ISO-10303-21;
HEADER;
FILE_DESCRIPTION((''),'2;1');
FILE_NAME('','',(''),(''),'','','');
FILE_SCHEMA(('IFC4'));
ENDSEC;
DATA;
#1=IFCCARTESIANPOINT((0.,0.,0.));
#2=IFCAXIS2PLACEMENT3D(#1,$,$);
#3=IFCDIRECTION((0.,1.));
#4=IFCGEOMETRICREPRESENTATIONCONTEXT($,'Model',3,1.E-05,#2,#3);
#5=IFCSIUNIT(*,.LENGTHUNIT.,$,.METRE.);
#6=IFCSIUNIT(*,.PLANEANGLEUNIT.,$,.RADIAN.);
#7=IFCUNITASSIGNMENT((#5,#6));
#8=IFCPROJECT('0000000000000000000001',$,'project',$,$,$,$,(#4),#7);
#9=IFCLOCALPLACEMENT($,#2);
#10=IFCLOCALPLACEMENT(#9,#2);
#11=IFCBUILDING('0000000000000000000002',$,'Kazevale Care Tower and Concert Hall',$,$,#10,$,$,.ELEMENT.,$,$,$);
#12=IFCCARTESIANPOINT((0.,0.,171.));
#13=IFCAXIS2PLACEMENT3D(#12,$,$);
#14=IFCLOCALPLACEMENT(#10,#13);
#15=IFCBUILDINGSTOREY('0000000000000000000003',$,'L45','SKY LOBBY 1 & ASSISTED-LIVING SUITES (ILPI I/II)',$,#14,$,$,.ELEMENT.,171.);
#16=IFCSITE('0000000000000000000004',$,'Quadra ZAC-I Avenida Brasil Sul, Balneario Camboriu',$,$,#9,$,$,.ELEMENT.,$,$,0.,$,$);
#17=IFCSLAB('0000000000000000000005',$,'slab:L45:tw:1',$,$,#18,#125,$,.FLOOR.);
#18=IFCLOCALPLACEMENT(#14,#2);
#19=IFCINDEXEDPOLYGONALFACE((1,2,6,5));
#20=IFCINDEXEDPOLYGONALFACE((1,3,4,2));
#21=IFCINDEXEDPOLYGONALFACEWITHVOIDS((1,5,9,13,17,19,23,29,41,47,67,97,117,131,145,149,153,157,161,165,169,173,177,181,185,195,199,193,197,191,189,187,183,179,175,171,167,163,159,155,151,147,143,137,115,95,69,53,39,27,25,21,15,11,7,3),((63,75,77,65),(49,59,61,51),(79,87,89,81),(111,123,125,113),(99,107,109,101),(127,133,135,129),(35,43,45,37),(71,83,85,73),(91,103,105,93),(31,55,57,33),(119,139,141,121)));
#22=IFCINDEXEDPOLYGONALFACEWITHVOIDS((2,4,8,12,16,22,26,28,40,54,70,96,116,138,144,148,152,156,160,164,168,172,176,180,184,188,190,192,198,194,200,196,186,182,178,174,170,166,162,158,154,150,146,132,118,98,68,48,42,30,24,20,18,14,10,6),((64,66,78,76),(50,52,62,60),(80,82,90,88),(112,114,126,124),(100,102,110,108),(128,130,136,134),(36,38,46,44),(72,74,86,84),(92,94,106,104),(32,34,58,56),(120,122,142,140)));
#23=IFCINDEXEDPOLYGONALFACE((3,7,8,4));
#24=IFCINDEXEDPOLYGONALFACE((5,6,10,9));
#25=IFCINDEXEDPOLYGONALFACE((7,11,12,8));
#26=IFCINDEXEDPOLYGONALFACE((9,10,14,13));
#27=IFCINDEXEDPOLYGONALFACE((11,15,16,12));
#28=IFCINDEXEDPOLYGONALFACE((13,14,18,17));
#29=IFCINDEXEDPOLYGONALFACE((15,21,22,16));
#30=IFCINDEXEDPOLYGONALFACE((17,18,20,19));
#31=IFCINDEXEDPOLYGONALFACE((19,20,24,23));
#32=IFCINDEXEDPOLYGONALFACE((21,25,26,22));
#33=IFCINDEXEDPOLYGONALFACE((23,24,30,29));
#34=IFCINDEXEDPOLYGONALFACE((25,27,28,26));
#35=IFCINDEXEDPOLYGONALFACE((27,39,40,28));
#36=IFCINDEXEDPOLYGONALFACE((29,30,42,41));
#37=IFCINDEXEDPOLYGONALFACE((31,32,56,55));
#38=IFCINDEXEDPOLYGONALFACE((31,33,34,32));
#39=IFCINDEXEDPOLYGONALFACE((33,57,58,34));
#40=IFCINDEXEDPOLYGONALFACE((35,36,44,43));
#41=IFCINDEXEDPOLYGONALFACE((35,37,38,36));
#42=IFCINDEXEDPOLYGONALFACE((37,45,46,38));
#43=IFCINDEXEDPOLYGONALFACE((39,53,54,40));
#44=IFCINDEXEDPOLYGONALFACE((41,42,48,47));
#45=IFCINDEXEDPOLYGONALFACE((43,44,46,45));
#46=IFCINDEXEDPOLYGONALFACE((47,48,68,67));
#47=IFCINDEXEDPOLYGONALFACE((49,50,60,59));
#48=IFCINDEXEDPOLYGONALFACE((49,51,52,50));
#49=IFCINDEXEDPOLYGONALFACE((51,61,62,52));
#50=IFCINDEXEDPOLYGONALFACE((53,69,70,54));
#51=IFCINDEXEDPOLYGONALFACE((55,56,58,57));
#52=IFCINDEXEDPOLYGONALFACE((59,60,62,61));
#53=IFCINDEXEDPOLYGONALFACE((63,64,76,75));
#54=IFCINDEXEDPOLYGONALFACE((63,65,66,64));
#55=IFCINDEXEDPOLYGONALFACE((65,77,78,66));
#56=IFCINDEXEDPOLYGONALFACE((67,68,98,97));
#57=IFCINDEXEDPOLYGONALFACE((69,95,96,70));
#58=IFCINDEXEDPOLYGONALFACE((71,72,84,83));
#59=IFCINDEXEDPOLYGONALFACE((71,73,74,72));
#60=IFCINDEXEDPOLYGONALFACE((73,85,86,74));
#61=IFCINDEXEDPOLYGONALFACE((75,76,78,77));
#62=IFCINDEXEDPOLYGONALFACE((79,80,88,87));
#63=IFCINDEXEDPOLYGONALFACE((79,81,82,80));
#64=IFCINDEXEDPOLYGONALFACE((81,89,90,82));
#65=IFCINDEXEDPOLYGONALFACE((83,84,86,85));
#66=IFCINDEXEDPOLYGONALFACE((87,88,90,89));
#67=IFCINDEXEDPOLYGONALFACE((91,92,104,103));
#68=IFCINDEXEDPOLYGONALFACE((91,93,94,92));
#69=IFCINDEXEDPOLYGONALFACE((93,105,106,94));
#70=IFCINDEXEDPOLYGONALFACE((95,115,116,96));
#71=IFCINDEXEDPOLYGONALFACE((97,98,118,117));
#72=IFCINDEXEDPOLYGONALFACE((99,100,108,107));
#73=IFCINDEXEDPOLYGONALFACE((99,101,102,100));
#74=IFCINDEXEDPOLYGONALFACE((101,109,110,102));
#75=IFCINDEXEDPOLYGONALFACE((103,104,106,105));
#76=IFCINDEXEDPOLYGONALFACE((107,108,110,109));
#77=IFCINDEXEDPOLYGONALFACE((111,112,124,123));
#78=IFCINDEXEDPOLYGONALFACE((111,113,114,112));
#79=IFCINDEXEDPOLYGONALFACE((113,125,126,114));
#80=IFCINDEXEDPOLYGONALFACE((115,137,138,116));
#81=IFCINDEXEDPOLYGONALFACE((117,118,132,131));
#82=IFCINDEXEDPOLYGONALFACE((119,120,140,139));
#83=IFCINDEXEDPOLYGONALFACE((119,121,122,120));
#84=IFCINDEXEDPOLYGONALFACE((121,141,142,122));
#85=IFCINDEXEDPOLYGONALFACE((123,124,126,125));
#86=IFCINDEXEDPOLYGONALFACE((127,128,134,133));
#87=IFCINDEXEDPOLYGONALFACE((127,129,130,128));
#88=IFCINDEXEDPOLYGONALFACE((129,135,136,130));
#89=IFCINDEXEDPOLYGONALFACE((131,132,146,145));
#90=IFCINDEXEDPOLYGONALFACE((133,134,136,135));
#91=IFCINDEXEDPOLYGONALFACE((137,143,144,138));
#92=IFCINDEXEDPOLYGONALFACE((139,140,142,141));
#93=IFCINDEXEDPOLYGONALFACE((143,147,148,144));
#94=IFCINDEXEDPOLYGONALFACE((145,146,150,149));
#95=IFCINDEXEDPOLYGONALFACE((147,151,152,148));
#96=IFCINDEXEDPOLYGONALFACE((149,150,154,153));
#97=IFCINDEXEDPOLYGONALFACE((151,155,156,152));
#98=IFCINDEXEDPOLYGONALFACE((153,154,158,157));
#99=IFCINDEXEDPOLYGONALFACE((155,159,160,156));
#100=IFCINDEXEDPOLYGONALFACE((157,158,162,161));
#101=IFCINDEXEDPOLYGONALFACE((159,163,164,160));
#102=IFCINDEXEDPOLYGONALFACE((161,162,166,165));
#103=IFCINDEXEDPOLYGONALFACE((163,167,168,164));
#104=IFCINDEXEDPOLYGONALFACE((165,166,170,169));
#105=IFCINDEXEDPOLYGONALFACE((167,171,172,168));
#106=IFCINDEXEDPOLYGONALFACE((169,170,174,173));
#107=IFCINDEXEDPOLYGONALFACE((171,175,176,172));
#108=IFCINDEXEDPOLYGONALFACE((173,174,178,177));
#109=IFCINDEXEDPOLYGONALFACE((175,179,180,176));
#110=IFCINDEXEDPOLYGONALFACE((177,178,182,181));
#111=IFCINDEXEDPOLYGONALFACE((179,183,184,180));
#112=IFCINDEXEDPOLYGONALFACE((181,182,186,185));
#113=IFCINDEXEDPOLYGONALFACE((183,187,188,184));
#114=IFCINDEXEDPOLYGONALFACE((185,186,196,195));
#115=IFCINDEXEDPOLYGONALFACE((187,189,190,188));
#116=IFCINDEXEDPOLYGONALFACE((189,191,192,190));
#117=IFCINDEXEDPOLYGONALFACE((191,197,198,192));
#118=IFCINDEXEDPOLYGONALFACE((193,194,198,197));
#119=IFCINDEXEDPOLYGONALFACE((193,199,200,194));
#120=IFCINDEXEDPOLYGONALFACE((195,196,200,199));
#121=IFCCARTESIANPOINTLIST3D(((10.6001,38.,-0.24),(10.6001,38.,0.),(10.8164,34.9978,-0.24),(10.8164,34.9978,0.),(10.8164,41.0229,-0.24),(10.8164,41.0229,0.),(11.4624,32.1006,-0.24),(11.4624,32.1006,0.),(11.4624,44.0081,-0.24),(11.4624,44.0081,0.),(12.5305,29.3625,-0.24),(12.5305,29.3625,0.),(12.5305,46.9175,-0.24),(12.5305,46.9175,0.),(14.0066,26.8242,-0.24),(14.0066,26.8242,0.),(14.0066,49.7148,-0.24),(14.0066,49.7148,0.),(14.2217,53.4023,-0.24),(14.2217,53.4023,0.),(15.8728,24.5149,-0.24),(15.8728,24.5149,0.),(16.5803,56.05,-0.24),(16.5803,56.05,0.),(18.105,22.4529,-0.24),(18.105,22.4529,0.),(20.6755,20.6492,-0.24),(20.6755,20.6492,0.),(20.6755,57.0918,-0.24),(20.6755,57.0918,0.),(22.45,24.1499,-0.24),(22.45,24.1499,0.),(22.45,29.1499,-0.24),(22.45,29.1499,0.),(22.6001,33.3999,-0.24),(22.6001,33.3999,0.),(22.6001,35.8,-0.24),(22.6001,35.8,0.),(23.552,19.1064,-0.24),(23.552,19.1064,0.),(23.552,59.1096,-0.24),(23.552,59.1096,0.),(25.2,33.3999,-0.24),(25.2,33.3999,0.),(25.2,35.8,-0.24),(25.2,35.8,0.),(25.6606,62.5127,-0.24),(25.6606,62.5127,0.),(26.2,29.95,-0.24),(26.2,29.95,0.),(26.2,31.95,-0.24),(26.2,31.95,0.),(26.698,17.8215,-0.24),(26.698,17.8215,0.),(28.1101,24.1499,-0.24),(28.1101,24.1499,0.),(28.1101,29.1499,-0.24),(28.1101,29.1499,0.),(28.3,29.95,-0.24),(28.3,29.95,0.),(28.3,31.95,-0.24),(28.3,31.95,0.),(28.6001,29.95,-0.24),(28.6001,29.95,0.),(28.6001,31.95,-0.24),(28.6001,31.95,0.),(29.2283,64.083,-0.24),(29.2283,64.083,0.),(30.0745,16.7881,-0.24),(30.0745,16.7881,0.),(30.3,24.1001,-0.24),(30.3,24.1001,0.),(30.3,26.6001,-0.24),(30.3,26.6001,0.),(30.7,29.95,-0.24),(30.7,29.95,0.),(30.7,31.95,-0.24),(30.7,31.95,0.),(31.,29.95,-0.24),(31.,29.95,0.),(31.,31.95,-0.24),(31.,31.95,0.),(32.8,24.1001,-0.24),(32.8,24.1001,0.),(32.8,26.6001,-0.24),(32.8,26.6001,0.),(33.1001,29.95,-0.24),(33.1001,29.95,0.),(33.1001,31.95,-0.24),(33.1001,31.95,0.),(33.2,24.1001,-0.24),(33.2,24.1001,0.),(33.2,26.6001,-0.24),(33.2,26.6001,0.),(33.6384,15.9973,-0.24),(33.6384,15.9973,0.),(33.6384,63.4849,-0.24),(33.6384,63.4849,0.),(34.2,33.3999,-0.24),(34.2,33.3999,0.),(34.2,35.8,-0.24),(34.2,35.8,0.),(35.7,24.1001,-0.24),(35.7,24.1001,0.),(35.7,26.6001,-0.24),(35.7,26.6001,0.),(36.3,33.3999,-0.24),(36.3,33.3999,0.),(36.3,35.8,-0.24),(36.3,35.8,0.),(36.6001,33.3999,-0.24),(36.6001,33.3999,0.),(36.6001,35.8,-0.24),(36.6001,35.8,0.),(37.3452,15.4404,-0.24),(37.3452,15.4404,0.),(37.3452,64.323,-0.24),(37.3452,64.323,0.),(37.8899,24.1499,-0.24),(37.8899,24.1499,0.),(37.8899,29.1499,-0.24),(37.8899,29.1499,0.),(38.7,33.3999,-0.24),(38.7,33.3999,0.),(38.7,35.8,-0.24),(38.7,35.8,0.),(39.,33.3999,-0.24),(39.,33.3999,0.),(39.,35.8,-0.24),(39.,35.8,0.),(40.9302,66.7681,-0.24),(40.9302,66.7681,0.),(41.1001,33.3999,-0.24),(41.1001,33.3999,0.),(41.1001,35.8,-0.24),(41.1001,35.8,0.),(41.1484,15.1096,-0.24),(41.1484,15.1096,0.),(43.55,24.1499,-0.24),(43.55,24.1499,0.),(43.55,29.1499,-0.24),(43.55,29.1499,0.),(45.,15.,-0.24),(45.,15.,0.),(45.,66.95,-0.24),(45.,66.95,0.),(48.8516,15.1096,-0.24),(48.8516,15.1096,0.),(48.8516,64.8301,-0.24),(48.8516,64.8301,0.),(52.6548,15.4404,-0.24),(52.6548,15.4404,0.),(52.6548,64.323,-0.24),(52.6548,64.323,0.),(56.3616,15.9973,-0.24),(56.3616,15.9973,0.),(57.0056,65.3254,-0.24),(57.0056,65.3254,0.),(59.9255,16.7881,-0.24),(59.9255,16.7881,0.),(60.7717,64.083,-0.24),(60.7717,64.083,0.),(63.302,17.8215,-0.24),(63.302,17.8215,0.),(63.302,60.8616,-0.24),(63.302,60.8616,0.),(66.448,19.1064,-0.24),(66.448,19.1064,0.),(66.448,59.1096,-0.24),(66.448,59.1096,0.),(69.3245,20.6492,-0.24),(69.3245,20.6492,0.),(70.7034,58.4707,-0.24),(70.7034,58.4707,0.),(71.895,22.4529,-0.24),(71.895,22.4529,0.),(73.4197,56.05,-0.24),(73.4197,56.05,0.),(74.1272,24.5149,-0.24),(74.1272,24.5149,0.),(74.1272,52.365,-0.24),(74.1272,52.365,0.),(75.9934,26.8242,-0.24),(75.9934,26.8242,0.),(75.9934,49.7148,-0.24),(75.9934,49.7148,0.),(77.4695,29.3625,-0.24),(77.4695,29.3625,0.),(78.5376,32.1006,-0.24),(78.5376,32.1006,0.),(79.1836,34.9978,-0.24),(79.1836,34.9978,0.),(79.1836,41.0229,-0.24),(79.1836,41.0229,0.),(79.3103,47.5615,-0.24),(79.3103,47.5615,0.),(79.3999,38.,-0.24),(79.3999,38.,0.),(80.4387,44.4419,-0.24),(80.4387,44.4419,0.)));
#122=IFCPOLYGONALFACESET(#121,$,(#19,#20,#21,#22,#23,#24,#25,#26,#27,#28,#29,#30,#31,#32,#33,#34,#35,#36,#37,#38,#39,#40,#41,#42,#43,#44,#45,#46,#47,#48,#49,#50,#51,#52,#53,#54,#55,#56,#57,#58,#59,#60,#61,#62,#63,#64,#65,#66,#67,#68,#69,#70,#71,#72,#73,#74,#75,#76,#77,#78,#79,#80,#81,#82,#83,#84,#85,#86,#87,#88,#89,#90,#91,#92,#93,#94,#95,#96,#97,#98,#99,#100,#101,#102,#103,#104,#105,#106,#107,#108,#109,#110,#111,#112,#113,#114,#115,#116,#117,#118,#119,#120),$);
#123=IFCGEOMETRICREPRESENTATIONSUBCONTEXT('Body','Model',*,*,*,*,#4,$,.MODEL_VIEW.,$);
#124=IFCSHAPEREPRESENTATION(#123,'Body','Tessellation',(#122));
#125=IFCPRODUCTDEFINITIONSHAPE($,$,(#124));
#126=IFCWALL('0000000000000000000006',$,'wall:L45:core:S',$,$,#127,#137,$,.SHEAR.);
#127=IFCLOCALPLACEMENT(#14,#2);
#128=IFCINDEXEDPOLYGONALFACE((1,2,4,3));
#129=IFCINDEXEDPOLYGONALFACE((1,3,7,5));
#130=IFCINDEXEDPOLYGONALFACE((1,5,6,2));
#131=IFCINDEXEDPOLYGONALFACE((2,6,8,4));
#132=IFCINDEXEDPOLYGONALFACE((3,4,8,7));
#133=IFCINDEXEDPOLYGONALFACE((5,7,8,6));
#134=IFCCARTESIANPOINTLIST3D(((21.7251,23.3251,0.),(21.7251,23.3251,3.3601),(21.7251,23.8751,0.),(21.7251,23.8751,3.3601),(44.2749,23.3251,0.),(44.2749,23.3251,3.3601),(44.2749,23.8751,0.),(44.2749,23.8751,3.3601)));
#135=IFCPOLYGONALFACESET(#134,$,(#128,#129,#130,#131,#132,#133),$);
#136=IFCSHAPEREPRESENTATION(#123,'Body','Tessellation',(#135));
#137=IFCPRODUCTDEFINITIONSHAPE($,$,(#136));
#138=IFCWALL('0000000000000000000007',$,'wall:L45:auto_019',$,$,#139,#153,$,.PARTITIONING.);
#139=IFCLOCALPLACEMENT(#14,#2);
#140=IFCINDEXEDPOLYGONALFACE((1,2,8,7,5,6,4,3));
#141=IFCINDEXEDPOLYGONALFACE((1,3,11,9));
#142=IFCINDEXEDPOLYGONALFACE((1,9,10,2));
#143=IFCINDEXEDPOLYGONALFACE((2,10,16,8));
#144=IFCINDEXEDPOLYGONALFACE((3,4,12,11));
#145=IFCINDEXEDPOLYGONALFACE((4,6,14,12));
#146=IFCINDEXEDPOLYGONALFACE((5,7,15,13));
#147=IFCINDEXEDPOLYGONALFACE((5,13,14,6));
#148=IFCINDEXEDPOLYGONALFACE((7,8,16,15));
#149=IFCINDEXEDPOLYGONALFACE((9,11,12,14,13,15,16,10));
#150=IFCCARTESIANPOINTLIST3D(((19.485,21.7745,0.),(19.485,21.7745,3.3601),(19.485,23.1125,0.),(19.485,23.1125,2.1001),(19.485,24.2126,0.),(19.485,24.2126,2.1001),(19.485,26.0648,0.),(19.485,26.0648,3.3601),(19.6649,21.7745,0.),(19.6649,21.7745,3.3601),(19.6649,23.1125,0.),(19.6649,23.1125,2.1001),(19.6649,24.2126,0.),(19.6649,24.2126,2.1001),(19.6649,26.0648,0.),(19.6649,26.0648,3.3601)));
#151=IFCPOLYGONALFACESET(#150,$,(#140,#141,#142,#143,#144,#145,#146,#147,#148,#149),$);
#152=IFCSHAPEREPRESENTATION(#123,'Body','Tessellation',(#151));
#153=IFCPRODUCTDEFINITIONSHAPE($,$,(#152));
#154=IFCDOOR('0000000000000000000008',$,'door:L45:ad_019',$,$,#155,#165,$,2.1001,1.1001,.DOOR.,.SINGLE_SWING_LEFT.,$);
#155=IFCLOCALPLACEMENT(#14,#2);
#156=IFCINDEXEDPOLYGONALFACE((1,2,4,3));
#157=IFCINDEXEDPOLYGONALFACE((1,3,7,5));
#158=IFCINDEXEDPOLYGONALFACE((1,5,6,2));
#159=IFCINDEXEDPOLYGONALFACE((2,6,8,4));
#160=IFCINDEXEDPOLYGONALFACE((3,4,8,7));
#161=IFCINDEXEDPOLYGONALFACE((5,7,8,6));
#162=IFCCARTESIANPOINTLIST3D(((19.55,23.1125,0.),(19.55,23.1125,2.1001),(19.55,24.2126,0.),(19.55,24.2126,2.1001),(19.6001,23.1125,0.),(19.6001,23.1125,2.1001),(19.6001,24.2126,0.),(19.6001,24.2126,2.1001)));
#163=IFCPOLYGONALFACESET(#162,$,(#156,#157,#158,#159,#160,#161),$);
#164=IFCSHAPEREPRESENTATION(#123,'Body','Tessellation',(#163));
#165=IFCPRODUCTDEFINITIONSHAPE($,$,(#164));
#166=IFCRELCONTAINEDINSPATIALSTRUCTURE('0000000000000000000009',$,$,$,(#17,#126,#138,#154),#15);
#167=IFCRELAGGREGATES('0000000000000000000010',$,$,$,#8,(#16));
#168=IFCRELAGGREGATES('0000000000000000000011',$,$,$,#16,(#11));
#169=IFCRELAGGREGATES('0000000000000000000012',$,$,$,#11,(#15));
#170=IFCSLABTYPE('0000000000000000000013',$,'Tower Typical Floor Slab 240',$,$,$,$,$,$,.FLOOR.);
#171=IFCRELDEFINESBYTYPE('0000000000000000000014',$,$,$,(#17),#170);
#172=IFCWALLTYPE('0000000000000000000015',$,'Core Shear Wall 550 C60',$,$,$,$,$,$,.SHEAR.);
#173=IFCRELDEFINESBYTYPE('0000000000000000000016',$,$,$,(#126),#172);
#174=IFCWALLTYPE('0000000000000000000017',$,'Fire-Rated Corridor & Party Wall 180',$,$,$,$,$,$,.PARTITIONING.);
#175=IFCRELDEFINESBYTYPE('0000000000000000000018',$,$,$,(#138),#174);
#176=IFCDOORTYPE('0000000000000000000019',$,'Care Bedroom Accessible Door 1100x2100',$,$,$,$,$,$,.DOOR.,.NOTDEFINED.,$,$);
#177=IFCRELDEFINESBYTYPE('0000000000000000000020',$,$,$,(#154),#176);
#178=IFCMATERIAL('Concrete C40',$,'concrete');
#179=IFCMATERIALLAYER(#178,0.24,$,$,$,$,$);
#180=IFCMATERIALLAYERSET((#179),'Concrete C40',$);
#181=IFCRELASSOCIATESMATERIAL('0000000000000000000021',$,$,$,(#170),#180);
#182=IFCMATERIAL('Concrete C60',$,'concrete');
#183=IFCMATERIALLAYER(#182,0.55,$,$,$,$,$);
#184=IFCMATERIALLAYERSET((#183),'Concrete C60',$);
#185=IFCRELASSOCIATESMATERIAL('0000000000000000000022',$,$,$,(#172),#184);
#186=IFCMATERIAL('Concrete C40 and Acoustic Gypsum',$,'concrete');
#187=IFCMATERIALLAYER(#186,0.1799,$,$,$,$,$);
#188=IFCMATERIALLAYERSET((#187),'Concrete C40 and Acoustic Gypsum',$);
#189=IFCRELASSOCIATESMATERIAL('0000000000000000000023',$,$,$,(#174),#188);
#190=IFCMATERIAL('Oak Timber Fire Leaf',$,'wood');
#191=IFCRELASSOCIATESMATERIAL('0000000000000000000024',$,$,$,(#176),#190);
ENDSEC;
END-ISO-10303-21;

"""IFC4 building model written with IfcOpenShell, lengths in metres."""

from ifc_helpers import new_model, si_unit, direction, frame, frame_2d, origin, place, context, subcontext, project, spatial, polyline, rectangle, outline, extrude, material, layer, layer_set, type_object, element, fill, save


model = new_model("IFC4")

# Units and contexts
model_context = context("Model", 3, precision=1e-05, world=origin(), true_north=direction((0.0, 1.0)))
body_context = subcontext(model_context, "Body", "Model", "MODEL_VIEW")
ifc_project = project(units=[si_unit("LENGTHUNIT", "METRE"), si_unit("PLANEANGLEUNIT", "RADIAN")], contexts=[model_context])

# Site, building, storey
site_placement = place(None, origin())
site = spatial("IfcSite", under=ifc_project, at=site_placement, Name="Quadra ZAC-I Avenida Brasil Sul, Balneario Camboriu", CompositionType="ELEMENT", RefElevation=0.0)
building_placement = place(site_placement, origin())
building = spatial("IfcBuilding", under=site, at=building_placement, Name="Kazevale Care Tower and Concert Hall", CompositionType="ELEMENT")
storey_placement = place(building_placement, frame((0.0, 0.0, 171.0)))
storey = spatial("IfcBuildingStorey", under=building, at=storey_placement, Name="L45", Description="SKY LOBBY 1 & ASSISTED-LIVING SUITES (ILPI I/II)", CompositionType="ELEMENT", Elevation=171.0)

# Shared definitions
ifc_material_1 = material(Name="Concrete C60", Category="concrete")

# Shared definitions
ifc_material_2 = material(Name="Concrete C40", Category="concrete")

# Slab
ifc_layer_1 = layer(ifc_material_2, 0.24)
ifc_layer_set_1 = layer_set([ifc_layer_1], Name="Concrete C40")
slab_type_1 = type_object("IfcSlabType", Name="Tower Typical Floor Slab 240", PredefinedType="FLOOR", material=ifc_layer_set_1)
slab_1_placement = place(storey_placement, frame((0.0, 0.0, -0.24)))
element("IfcSlab", 1, at=slab_1_placement, inside=storey, type_object=slab_type_1, Name="slab:L45:tw:1", PredefinedType="FLOOR", context=body_context, shape_type="SweptSolid", body=[
    extrude(outline(polyline([(79.3999, 38.0), (79.1836, 41.0229), (80.4387, 44.4419), (79.3103, 47.5615), (75.9934, 49.7148), (74.1272, 52.365), (73.4197, 56.05), (70.7034, 58.4707), (66.448, 59.1096), (63.302, 60.8616), (60.7717, 64.083), (57.0056, 65.3254), (52.6548, 64.323), (48.8516, 64.8301), (45.0, 66.95), (40.9302, 66.7681), (37.3452, 64.323), (33.6384, 63.4849), (29.2283, 64.083), (25.6606, 62.5127), (23.552, 59.1096), (20.6755, 57.0918), (16.5803, 56.05), (14.2217, 53.4023), (14.0066, 49.7148), (12.5305, 46.9175), (11.4624, 44.0081), (10.8164, 41.0229), (10.6001, 38.0), (10.8164, 34.9978), (11.4624, 32.1006), (12.5305, 29.3625), (14.0066, 26.8242), (15.8728, 24.5149), (18.105, 22.4529), (20.6755, 20.6492), (23.552, 19.1064), (26.698, 17.8215), (30.0745, 16.7881), (33.6384, 15.9973), (37.3452, 15.4404), (41.1484, 15.1096), (45.0, 15.0), (48.8516, 15.1096), (52.6548, 15.4404), (56.3616, 15.9973), (59.9255, 16.7881), (63.302, 17.8215), (66.448, 19.1064), (69.3245, 20.6492), (71.895, 22.4529), (74.1272, 24.5149), (75.9934, 26.8242), (77.4695, 29.3625), (78.5376, 32.1006), (79.1836, 34.9978), (79.3999, 38.0)]), holes=[polyline([(22.45, 24.1499), (28.1101, 24.1499), (28.1101, 29.1499), (22.45, 29.1499), (22.45, 24.1499)]), polyline([(37.8899, 24.1499), (43.55, 24.1499), (43.55, 29.1499), (37.8899, 29.1499), (37.8899, 24.1499)]), polyline([(30.3, 24.1001), (32.8, 24.1001), (32.8, 26.6001), (30.3, 26.6001), (30.3, 24.1001)]), polyline([(33.2, 24.1001), (35.7, 24.1001), (35.7, 26.6001), (33.2, 26.6001), (33.2, 24.1001)]), polyline([(22.6001, 33.3999), (25.2, 33.3999), (25.2, 35.8), (22.6001, 35.8), (22.6001, 33.3999)]), polyline([(34.2, 33.3999), (36.3, 33.3999), (36.3, 35.8), (34.2, 35.8), (34.2, 33.3999)]), polyline([(36.6001, 33.3999), (38.7, 33.3999), (38.7, 35.8), (36.6001, 35.8), (36.6001, 33.3999)]), polyline([(39.0, 33.3999), (41.1001, 33.3999), (41.1001, 35.8), (39.0, 35.8), (39.0, 33.3999)]), polyline([(26.2, 29.95), (28.3, 29.95), (28.3, 31.95), (26.2, 31.95), (26.2, 29.95)]), polyline([(28.6001, 29.95), (30.7, 29.95), (30.7, 31.95), (28.6001, 31.95), (28.6001, 29.95)]), polyline([(31.0, 29.95), (33.1001, 29.95), (33.1001, 31.95), (31.0, 31.95), (31.0, 29.95)])]), origin(), (0.0, 0.0, 1.0), 0.24),
])

# Wall
ifc_layer_2 = layer(ifc_material_1, 0.55)
ifc_layer_set_2 = layer_set([ifc_layer_2], Name="Concrete C60")
wall_type_1 = type_object("IfcWallType", Name="Core Shear Wall 550 C60", PredefinedType="SHEAR", material=ifc_layer_set_2)
wall_1_placement = place(storey_placement, frame((21.7251, 23.6001, 0.0), z_axis=(0.0, 0.0, 1.0), x_axis=(1.0, 0.0, 0.0)))
element("IfcWall", 2, at=wall_1_placement, inside=storey, type_object=wall_type_1, Name="wall:L45:core:S", PredefinedType="SHEAR", context=body_context, shape_type="SweptSolid", body=[
    extrude(rectangle(XDim=22.5498, YDim=0.55, at=frame_2d((11.2749, 0.0))), origin(), (0.0, 0.0, 1.0), 3.3601),
])

# Wall, opening, door
ifc_material_3 = material(Name="Concrete C40 and Acoustic Gypsum", Category="concrete")
ifc_layer_3 = layer(ifc_material_3, 0.1799)
ifc_layer_set_3 = layer_set([ifc_layer_3], Name="Concrete C40 and Acoustic Gypsum")
wall_type_2 = type_object("IfcWallType", Name="Fire-Rated Corridor & Party Wall 180", PredefinedType="PARTITIONING", material=ifc_layer_set_3)
wall_2_placement = place(storey_placement, frame((19.575, 21.7747, 0.0), z_axis=(0.0, 0.0, 1.0), x_axis=(0.0, 1.0, 0.0)))
wall_2 = element("IfcWall", 3, at=wall_2_placement, inside=storey, type_object=wall_type_2, Name="wall:L45:auto_019", PredefinedType="PARTITIONING", context=body_context, shape_type="SweptSolid", body=[
    extrude(rectangle(XDim=4.2903, YDim=0.1799, at=frame_2d((2.145, 0.0))), origin(), (0.0, 0.0, 1.0), 3.3601),
])
opening_placement = place(wall_2_placement, frame((1.3379, 0.0, 0.0)))
opening = element("IfcOpeningElement", 4, at=opening_placement, cuts=wall_2, PredefinedType="OPENING", context=body_context, shape_type="SweptSolid", body=[
    extrude(rectangle(XDim=1.1001, YDim=2.1001, at=frame_2d((0.55, 1.05))), frame((0.0, 0.0999, 0.0), z_axis=(0.0, -1.0, 0.0), x_axis=(1.0, 0.0, 0.0)), (0.0, 0.0, 1.0), 0.2),
])
ifc_material_4 = material(Name="Oak Timber Fire Leaf", Category="wood")
door_type = type_object("IfcDoorType", Name="Care Bedroom Accessible Door 1100x2100", OperationType="NOTDEFINED", PredefinedType="DOOR", material=ifc_material_4)
door_placement = place(opening_placement, origin())
door = element("IfcDoor", 5, at=door_placement, inside=storey, type_object=door_type, Name="door:L45:ad_019", OperationType="SINGLE_SWING_LEFT", OverallHeight=2.1001, OverallWidth=1.1001, PredefinedType="DOOR", context=body_context, shape_type="SweptSolid", body=[
    extrude(rectangle(XDim=1.1001, YDim=2.1001, at=frame_2d((0.55, 1.05))), frame((0.0, 0.0249, 0.0), z_axis=(0.0, -1.0, 0.0), x_axis=(1.0, 0.0, 0.0)), (0.0, 0.0, 1.0), 0.05),
])
fill(opening, door)

save(model, "model.ifc")
